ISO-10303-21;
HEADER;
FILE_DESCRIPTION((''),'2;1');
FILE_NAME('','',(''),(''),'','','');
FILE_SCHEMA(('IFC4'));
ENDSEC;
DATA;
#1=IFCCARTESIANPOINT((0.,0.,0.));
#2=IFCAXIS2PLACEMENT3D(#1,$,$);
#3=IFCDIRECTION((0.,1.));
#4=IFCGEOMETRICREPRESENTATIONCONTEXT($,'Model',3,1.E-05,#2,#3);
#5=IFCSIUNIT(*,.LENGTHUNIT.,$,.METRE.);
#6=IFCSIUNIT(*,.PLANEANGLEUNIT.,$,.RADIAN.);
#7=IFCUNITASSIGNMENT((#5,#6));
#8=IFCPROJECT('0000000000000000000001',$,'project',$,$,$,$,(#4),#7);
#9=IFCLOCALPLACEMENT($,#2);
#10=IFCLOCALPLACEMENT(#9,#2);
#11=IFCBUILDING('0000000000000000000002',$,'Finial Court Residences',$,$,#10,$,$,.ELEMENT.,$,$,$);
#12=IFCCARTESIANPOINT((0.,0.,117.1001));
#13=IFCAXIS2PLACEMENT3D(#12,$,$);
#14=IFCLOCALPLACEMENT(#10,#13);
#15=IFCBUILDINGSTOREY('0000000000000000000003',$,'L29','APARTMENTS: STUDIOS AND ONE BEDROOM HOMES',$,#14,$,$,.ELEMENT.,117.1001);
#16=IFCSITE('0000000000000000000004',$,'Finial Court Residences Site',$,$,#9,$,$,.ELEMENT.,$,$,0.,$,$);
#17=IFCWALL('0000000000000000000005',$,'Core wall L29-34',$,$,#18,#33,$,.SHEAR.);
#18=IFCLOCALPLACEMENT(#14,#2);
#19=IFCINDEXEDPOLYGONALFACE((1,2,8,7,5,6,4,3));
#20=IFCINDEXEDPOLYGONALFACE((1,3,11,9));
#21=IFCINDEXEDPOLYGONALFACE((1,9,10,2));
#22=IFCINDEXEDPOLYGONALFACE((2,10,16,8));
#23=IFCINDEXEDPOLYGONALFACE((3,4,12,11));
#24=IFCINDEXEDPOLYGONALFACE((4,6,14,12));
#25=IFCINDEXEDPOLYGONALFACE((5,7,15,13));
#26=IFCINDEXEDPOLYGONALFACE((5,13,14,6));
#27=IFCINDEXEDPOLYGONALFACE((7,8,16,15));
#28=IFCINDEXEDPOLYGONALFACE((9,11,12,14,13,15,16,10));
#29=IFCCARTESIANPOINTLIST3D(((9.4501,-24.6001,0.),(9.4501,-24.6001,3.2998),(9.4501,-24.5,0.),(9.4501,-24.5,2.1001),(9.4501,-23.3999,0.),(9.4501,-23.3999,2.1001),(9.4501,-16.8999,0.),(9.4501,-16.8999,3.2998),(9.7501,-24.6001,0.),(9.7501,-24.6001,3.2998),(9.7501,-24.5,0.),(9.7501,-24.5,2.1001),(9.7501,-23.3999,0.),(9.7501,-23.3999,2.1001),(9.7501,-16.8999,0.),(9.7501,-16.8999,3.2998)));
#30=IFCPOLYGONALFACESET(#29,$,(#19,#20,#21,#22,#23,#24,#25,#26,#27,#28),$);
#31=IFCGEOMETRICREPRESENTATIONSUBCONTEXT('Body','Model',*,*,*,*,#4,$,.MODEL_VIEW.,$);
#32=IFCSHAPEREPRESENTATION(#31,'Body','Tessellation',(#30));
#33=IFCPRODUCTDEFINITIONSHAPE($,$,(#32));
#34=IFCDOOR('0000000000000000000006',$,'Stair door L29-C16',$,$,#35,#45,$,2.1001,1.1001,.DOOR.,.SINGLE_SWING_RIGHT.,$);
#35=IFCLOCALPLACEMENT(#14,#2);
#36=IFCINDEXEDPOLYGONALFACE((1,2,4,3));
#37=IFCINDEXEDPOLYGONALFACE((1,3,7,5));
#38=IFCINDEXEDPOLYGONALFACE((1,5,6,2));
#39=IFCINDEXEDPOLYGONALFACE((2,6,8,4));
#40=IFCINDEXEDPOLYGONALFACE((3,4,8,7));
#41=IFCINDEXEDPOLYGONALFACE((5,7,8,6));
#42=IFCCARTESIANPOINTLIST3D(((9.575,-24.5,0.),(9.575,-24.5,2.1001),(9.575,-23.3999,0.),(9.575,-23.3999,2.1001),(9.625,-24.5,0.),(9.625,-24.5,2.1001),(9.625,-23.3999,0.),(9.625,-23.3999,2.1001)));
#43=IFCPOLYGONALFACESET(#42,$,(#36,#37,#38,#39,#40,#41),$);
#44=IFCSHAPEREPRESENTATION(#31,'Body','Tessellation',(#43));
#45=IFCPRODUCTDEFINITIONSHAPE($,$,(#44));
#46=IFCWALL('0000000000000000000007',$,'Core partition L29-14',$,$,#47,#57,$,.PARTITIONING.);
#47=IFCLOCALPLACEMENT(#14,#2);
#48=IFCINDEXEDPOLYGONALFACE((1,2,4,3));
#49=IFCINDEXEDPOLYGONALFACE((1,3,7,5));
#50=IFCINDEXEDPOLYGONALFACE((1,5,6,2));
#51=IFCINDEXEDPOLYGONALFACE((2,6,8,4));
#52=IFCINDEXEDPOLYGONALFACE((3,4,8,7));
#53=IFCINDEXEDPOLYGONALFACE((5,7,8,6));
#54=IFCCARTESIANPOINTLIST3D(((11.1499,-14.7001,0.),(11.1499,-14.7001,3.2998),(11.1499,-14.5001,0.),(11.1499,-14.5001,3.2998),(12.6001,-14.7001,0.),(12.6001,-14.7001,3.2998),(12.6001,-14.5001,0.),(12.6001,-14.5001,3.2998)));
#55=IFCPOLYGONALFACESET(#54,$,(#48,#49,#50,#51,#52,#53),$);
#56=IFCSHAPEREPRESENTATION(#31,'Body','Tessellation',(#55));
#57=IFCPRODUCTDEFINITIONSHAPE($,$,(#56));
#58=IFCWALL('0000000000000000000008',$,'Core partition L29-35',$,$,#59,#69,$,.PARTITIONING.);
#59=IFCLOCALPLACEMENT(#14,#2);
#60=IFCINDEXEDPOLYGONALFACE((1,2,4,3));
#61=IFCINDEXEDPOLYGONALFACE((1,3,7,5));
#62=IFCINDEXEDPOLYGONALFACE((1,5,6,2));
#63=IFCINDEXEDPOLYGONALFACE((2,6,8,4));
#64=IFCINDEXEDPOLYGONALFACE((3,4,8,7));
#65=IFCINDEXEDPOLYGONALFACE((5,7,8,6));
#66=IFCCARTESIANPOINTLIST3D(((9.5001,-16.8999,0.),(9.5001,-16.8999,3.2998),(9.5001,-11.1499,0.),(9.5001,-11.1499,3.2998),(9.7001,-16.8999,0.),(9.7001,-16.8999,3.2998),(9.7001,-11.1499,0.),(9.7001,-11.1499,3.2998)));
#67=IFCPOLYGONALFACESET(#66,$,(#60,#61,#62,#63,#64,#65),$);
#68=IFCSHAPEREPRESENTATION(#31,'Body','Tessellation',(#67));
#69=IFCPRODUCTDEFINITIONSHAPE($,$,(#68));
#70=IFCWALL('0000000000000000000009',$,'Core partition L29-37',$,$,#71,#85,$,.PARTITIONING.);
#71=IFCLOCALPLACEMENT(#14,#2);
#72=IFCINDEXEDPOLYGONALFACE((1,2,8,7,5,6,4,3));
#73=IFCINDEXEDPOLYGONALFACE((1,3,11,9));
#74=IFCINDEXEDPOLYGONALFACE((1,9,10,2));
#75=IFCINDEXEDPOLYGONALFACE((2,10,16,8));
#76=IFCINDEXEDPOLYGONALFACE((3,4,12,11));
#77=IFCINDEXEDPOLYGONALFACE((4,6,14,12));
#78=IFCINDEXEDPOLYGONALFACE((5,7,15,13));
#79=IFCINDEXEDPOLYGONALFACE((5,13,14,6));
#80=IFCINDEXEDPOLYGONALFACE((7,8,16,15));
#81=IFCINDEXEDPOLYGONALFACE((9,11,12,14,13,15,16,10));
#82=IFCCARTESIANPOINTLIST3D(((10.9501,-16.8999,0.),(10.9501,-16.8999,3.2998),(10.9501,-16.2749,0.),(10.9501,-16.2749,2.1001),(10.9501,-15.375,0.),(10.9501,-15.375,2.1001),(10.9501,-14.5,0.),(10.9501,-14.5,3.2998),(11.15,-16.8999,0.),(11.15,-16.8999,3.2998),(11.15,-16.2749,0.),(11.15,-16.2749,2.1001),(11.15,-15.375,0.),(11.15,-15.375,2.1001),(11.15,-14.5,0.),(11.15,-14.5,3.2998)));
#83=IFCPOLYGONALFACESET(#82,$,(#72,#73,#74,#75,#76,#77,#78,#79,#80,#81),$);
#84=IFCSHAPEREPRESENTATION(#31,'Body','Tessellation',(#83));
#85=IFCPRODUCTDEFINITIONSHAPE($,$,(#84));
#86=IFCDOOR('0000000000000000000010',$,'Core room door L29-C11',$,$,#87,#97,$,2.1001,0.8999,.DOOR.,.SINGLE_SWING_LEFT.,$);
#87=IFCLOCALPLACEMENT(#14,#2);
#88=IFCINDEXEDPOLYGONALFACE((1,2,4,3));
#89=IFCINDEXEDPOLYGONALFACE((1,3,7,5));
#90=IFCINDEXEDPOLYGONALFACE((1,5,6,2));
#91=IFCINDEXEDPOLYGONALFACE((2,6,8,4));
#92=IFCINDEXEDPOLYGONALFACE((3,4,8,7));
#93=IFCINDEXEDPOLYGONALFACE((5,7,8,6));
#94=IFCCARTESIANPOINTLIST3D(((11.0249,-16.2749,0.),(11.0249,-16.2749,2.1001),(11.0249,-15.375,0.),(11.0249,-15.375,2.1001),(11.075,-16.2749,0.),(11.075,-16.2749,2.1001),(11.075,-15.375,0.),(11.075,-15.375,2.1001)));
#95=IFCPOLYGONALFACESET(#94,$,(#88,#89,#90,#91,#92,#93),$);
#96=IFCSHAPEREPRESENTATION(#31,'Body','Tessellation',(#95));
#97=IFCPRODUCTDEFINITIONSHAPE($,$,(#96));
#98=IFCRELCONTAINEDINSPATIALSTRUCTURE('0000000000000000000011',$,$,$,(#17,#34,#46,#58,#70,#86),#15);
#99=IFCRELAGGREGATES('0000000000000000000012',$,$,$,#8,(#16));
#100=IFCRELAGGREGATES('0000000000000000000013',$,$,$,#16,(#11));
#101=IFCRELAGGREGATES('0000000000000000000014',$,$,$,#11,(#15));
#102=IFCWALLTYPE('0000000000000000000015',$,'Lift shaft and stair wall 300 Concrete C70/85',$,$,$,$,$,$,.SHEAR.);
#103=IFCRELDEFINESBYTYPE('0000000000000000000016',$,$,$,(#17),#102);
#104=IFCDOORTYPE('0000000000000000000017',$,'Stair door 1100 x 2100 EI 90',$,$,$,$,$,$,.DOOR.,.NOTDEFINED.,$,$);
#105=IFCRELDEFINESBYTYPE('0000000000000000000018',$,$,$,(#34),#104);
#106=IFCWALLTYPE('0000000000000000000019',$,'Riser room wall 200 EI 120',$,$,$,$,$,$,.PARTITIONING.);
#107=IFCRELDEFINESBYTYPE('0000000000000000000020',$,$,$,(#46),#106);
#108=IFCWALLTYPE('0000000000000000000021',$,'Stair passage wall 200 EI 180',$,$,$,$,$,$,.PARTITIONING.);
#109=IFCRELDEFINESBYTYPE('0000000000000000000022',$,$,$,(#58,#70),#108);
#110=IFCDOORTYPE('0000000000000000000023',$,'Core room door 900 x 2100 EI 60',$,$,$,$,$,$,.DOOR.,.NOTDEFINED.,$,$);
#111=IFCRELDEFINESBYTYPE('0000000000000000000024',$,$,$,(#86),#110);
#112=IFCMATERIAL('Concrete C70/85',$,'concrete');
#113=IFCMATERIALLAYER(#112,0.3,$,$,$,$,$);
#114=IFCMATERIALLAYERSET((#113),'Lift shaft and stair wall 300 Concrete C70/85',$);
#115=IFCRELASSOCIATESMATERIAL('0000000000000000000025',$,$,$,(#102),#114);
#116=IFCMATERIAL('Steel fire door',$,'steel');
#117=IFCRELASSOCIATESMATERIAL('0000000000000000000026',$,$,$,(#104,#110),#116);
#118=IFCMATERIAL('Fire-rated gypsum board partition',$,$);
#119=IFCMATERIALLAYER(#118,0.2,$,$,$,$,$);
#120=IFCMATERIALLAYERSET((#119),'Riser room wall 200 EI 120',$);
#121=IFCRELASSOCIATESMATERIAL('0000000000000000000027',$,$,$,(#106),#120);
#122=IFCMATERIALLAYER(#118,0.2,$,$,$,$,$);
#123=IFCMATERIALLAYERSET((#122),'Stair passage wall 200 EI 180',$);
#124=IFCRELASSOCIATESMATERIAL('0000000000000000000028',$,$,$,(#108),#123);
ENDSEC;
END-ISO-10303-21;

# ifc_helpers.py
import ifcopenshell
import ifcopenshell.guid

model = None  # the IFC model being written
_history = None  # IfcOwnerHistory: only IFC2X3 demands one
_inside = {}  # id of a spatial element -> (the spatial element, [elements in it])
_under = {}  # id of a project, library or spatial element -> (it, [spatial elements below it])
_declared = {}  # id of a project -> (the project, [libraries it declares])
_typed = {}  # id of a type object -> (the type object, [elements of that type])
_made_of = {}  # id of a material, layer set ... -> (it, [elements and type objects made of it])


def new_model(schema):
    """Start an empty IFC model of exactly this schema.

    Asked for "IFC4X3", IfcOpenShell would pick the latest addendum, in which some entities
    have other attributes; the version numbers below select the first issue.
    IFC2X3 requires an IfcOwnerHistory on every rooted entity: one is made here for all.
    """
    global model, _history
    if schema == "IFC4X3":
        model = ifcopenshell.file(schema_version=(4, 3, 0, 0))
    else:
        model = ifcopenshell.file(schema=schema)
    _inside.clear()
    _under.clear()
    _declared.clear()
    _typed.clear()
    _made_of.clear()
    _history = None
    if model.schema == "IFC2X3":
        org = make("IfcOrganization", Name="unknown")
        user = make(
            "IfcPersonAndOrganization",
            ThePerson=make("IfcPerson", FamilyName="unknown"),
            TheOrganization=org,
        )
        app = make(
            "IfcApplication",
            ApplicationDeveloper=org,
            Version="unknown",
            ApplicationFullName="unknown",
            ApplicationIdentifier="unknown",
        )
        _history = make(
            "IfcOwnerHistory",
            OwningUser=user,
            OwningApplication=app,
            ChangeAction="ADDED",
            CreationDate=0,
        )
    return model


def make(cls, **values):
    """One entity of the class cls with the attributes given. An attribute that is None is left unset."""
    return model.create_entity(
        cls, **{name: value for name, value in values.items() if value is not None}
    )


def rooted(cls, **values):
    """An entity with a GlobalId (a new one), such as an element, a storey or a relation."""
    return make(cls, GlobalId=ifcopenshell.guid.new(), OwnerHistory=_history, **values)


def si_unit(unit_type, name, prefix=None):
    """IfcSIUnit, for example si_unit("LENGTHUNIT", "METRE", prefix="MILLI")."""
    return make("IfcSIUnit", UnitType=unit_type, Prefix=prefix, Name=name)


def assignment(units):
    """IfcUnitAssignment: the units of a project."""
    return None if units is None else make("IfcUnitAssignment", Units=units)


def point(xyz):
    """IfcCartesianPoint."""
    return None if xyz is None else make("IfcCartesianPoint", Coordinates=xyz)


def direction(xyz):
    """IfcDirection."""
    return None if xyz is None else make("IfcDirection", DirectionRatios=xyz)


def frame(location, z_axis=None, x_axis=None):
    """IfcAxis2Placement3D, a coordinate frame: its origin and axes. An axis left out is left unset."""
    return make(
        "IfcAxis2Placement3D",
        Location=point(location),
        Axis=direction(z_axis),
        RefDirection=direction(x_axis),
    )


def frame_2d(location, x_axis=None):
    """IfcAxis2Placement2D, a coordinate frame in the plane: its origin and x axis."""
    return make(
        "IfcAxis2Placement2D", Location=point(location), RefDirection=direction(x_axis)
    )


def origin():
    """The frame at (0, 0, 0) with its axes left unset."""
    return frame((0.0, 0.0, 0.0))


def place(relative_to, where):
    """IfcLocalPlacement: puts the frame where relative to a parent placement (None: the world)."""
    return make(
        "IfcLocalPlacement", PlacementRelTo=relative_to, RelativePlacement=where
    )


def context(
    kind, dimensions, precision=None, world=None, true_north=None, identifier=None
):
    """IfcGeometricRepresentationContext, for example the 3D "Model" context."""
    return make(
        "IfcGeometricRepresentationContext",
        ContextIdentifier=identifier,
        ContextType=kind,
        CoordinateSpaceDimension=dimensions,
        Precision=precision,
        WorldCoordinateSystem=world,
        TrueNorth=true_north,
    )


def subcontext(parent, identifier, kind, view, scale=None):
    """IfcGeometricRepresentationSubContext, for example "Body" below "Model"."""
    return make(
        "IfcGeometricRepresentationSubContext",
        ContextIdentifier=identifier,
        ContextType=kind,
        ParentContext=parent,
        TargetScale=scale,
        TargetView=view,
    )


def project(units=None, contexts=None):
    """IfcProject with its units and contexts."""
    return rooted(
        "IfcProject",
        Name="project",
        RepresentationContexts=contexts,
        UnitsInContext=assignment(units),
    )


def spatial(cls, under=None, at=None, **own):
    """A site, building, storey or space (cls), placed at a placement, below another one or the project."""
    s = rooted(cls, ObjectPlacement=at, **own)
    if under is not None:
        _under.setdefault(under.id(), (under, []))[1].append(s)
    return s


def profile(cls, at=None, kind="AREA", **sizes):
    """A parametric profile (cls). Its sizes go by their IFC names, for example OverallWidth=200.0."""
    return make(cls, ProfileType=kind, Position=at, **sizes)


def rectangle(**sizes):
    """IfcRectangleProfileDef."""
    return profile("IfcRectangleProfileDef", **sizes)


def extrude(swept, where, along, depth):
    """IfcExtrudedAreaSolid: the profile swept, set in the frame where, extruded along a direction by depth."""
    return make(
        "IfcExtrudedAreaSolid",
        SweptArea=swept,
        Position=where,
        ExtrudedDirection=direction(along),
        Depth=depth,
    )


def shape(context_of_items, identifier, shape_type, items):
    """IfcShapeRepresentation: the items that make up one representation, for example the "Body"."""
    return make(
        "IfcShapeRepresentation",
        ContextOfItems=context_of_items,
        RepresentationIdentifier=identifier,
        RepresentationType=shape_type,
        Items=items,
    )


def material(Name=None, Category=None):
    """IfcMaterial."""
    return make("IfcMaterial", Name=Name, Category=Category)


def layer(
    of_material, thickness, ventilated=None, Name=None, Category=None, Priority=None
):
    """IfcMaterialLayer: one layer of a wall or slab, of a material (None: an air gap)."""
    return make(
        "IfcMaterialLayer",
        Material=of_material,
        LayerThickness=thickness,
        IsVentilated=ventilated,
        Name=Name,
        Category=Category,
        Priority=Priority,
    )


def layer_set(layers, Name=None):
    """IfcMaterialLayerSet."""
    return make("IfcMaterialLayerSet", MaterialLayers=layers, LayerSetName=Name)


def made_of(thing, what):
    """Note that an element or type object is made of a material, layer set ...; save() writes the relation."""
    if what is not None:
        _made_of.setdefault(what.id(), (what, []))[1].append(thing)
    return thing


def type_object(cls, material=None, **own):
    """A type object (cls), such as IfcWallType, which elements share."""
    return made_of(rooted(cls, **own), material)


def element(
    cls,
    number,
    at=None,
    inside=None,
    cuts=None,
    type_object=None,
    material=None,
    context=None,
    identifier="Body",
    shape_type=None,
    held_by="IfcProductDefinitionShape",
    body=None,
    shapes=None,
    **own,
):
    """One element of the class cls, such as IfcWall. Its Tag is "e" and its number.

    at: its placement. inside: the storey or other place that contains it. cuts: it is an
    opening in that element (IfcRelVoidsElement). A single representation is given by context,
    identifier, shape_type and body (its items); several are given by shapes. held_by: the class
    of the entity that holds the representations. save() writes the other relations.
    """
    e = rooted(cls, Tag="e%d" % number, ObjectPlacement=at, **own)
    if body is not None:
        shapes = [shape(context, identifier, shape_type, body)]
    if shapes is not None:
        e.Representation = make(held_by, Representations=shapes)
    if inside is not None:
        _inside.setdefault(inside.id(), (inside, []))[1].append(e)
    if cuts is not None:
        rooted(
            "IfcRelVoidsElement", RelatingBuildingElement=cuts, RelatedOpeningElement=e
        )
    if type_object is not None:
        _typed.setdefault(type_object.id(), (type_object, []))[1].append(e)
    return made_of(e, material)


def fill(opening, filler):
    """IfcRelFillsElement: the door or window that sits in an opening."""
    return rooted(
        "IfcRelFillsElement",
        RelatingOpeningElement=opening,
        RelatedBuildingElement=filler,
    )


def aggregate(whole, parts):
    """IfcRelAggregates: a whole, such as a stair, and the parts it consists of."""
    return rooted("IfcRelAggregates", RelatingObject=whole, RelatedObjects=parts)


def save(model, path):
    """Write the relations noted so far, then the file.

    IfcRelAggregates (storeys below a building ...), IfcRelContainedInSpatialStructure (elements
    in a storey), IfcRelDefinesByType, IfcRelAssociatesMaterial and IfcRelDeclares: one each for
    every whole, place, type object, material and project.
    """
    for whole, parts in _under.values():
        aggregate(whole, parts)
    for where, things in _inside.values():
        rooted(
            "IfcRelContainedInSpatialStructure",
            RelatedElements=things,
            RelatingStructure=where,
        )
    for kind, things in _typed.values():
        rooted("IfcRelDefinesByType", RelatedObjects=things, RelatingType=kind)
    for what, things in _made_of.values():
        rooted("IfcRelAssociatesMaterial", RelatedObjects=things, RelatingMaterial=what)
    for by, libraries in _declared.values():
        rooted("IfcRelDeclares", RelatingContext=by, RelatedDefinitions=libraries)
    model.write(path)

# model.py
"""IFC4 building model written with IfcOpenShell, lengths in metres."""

from ifc_helpers import new_model, si_unit, direction, frame, frame_2d, origin, place, context, subcontext, project, spatial, rectangle, extrude, material, layer, layer_set, type_object, element, fill, save


model = new_model("IFC4")

# Units and contexts
model_context = context("Model", 3, precision=1e-05, world=origin(), true_north=direction((0.0, 1.0)))
body_context = subcontext(model_context, "Body", "Model", "MODEL_VIEW")
ifc_project = project(units=[si_unit("LENGTHUNIT", "METRE"), si_unit("PLANEANGLEUNIT", "RADIAN")], contexts=[model_context])

# Site, building, storey
site_placement = place(None, origin())
site = spatial("IfcSite", under=ifc_project, at=site_placement, Name="Finial Court Residences Site", CompositionType="ELEMENT", RefElevation=0.0)
building_placement = place(site_placement, origin())
building = spatial("IfcBuilding", under=site, at=building_placement, Name="Finial Court Residences", CompositionType="ELEMENT")
storey_placement = place(building_placement, frame((0.0, 0.0, 117.1001)))
storey = spatial("IfcBuildingStorey", under=building, at=storey_placement, Name="L29", Description="APARTMENTS: STUDIOS AND ONE BEDROOM HOMES", CompositionType="ELEMENT", Elevation=117.1001)

# Shared definitions
ifc_material_1 = material(Name="Fire-rated gypsum board partition")

# Shared definitions
ifc_material_2 = material(Name="Steel fire door", Category="steel")

# Shared definitions
ifc_material_3 = material(Name="Concrete C70/85", Category="concrete")
ifc_layer_1 = layer(ifc_material_3, 0.3)
ifc_layer_set_1 = layer_set([ifc_layer_1], Name="Lift shaft and stair wall 300 Concrete C70/85")
wall_type_1 = type_object("IfcWallType", Name="Lift shaft and stair wall 300 Concrete C70/85", PredefinedType="SHEAR", material=ifc_layer_set_1)

# Wall, opening, door
wall_1_placement = place(storey_placement, frame((9.6001, -16.8999, 0.0), z_axis=(0.0, 0.0, 1.0), x_axis=(0.0, -1.0, 0.0)))
wall_1 = element("IfcWall", 1, at=wall_1_placement, inside=storey, type_object=wall_type_1, Name="Core wall L29-34", PredefinedType="SHEAR", context=body_context, shape_type="SweptSolid", body=[
    extrude(rectangle(XDim=7.7002, YDim=0.3, at=frame_2d((3.8501, 0.0))), origin(), (0.0, 0.0, 1.0), 3.2998),
])
opening_1_placement = place(wall_1_placement, frame((6.5, 0.0, 0.0)))
opening_1 = element("IfcOpeningElement", 2, at=opening_1_placement, cuts=wall_1, PredefinedType="OPENING", context=body_context, shape_type="SweptSolid", body=[
    extrude(rectangle(XDim=1.1001, YDim=2.1001, at=frame_2d((0.55, 1.05))), frame((0.0, 0.1599, 0.0), z_axis=(0.0, -1.0, 0.0), x_axis=(1.0, 0.0, 0.0)), (0.0, 0.0, 1.0), 0.3201),
])
door_type_1 = type_object("IfcDoorType", Name="Stair door 1100 x 2100 EI 90", OperationType="NOTDEFINED", PredefinedType="DOOR", material=ifc_material_2)
door_1_placement = place(opening_1_placement, origin())
door_1 = element("IfcDoor", 3, at=door_1_placement, inside=storey, type_object=door_type_1, Name="Stair door L29-C16", OperationType="SINGLE_SWING_RIGHT", OverallHeight=2.1001, OverallWidth=1.1001, PredefinedType="DOOR", context=body_context, shape_type="SweptSolid", body=[
    extrude(rectangle(XDim=1.1001, YDim=2.1001, at=frame_2d((0.55, 1.05))), frame((0.0, 0.0249, 0.0), z_axis=(0.0, -1.0, 0.0), x_axis=(1.0, 0.0, 0.0)), (0.0, 0.0, 1.0), 0.05),
])
fill(opening_1, door_1)

# Walls
ifc_layer_2 = layer(ifc_material_1, 0.2)
ifc_layer_set_2 = layer_set([ifc_layer_2], Name="Riser room wall 200 EI 120")
wall_type_2 = type_object("IfcWallType", Name="Riser room wall 200 EI 120", PredefinedType="PARTITIONING", material=ifc_layer_set_2)
wall_2_placement = place(storey_placement, frame((11.1499, -14.6001, 0.0), z_axis=(0.0, 0.0, 1.0), x_axis=(1.0, 0.0, 0.0)))
element("IfcWall", 4, at=wall_2_placement, inside=storey, type_object=wall_type_2, Name="Core partition L29-14", PredefinedType="PARTITIONING", context=body_context, shape_type="SweptSolid", body=[
    extrude(rectangle(XDim=1.4502, YDim=0.2, at=frame_2d((0.7251, 0.0))), origin(), (0.0, 0.0, 1.0), 3.2998),
])
ifc_layer_3 = layer(ifc_material_1, 0.2)
ifc_layer_set_3 = layer_set([ifc_layer_3], Name="Stair passage wall 200 EI 180")
wall_type_3 = type_object("IfcWallType", Name="Stair passage wall 200 EI 180", PredefinedType="PARTITIONING", material=ifc_layer_set_3)
wall_3_placement = place(storey_placement, frame((9.6001, -16.8999, 0.0), z_axis=(0.0, 0.0, 1.0), x_axis=(0.0, 1.0, 0.0)))
element("IfcWall", 5, at=wall_3_placement, inside=storey, type_object=wall_type_3, Name="Core partition L29-35", PredefinedType="PARTITIONING", context=body_context, shape_type="SweptSolid", body=[
    extrude(rectangle(XDim=5.75, YDim=0.2, at=frame_2d((2.875, 0.0))), origin(), (0.0, 0.0, 1.0), 3.2998),
])

# Wall, opening, door
wall_4_placement = place(storey_placement, frame((11.05, -14.5, 0.0), z_axis=(0.0, 0.0, 1.0), x_axis=(0.0, -1.0, 0.0)))
wall_4 = element("IfcWall", 6, at=wall_4_placement, inside=storey, type_object=wall_type_3, Name="Core partition L29-37", PredefinedType="PARTITIONING", context=body_context, shape_type="SweptSolid", body=[
    extrude(rectangle(XDim=2.3999, YDim=0.2, at=frame_2d((1.2, 0.0))), origin(), (0.0, 0.0, 1.0), 3.2998),
])
opening_2_placement = place(wall_4_placement, frame((0.875, 0.0, 0.0)))
opening_2 = element("IfcOpeningElement", 7, at=opening_2_placement, cuts=wall_4, PredefinedType="OPENING", context=body_context, shape_type="SweptSolid", body=[
    extrude(rectangle(XDim=0.8999, YDim=2.1001, at=frame_2d((0.45, 1.05))), frame((0.0, 0.1099, 0.0), z_axis=(0.0, -1.0, 0.0), x_axis=(1.0, 0.0, 0.0)), (0.0, 0.0, 1.0), 0.22),
])
door_type_2 = type_object("IfcDoorType", Name="Core room door 900 x 2100 EI 60", OperationType="NOTDEFINED", PredefinedType="DOOR", material=ifc_material_2)
door_2_placement = place(opening_2_placement, origin())
door_2 = element("IfcDoor", 8, at=door_2_placement, inside=storey, type_object=door_type_2, Name="Core room door L29-C11", OperationType="SINGLE_SWING_LEFT", OverallHeight=2.1001, OverallWidth=0.8999, PredefinedType="DOOR", context=body_context, shape_type="SweptSolid", body=[
    extrude(rectangle(XDim=0.8999, YDim=2.1001, at=frame_2d((0.45, 1.05))), frame((0.0, 0.0249, 0.0), z_axis=(0.0, -1.0, 0.0), x_axis=(1.0, 0.0, 0.0)), (0.0, 0.0, 1.0), 0.05),
])
fill(opening_2, door_2)

save(model, "model.ifc")
